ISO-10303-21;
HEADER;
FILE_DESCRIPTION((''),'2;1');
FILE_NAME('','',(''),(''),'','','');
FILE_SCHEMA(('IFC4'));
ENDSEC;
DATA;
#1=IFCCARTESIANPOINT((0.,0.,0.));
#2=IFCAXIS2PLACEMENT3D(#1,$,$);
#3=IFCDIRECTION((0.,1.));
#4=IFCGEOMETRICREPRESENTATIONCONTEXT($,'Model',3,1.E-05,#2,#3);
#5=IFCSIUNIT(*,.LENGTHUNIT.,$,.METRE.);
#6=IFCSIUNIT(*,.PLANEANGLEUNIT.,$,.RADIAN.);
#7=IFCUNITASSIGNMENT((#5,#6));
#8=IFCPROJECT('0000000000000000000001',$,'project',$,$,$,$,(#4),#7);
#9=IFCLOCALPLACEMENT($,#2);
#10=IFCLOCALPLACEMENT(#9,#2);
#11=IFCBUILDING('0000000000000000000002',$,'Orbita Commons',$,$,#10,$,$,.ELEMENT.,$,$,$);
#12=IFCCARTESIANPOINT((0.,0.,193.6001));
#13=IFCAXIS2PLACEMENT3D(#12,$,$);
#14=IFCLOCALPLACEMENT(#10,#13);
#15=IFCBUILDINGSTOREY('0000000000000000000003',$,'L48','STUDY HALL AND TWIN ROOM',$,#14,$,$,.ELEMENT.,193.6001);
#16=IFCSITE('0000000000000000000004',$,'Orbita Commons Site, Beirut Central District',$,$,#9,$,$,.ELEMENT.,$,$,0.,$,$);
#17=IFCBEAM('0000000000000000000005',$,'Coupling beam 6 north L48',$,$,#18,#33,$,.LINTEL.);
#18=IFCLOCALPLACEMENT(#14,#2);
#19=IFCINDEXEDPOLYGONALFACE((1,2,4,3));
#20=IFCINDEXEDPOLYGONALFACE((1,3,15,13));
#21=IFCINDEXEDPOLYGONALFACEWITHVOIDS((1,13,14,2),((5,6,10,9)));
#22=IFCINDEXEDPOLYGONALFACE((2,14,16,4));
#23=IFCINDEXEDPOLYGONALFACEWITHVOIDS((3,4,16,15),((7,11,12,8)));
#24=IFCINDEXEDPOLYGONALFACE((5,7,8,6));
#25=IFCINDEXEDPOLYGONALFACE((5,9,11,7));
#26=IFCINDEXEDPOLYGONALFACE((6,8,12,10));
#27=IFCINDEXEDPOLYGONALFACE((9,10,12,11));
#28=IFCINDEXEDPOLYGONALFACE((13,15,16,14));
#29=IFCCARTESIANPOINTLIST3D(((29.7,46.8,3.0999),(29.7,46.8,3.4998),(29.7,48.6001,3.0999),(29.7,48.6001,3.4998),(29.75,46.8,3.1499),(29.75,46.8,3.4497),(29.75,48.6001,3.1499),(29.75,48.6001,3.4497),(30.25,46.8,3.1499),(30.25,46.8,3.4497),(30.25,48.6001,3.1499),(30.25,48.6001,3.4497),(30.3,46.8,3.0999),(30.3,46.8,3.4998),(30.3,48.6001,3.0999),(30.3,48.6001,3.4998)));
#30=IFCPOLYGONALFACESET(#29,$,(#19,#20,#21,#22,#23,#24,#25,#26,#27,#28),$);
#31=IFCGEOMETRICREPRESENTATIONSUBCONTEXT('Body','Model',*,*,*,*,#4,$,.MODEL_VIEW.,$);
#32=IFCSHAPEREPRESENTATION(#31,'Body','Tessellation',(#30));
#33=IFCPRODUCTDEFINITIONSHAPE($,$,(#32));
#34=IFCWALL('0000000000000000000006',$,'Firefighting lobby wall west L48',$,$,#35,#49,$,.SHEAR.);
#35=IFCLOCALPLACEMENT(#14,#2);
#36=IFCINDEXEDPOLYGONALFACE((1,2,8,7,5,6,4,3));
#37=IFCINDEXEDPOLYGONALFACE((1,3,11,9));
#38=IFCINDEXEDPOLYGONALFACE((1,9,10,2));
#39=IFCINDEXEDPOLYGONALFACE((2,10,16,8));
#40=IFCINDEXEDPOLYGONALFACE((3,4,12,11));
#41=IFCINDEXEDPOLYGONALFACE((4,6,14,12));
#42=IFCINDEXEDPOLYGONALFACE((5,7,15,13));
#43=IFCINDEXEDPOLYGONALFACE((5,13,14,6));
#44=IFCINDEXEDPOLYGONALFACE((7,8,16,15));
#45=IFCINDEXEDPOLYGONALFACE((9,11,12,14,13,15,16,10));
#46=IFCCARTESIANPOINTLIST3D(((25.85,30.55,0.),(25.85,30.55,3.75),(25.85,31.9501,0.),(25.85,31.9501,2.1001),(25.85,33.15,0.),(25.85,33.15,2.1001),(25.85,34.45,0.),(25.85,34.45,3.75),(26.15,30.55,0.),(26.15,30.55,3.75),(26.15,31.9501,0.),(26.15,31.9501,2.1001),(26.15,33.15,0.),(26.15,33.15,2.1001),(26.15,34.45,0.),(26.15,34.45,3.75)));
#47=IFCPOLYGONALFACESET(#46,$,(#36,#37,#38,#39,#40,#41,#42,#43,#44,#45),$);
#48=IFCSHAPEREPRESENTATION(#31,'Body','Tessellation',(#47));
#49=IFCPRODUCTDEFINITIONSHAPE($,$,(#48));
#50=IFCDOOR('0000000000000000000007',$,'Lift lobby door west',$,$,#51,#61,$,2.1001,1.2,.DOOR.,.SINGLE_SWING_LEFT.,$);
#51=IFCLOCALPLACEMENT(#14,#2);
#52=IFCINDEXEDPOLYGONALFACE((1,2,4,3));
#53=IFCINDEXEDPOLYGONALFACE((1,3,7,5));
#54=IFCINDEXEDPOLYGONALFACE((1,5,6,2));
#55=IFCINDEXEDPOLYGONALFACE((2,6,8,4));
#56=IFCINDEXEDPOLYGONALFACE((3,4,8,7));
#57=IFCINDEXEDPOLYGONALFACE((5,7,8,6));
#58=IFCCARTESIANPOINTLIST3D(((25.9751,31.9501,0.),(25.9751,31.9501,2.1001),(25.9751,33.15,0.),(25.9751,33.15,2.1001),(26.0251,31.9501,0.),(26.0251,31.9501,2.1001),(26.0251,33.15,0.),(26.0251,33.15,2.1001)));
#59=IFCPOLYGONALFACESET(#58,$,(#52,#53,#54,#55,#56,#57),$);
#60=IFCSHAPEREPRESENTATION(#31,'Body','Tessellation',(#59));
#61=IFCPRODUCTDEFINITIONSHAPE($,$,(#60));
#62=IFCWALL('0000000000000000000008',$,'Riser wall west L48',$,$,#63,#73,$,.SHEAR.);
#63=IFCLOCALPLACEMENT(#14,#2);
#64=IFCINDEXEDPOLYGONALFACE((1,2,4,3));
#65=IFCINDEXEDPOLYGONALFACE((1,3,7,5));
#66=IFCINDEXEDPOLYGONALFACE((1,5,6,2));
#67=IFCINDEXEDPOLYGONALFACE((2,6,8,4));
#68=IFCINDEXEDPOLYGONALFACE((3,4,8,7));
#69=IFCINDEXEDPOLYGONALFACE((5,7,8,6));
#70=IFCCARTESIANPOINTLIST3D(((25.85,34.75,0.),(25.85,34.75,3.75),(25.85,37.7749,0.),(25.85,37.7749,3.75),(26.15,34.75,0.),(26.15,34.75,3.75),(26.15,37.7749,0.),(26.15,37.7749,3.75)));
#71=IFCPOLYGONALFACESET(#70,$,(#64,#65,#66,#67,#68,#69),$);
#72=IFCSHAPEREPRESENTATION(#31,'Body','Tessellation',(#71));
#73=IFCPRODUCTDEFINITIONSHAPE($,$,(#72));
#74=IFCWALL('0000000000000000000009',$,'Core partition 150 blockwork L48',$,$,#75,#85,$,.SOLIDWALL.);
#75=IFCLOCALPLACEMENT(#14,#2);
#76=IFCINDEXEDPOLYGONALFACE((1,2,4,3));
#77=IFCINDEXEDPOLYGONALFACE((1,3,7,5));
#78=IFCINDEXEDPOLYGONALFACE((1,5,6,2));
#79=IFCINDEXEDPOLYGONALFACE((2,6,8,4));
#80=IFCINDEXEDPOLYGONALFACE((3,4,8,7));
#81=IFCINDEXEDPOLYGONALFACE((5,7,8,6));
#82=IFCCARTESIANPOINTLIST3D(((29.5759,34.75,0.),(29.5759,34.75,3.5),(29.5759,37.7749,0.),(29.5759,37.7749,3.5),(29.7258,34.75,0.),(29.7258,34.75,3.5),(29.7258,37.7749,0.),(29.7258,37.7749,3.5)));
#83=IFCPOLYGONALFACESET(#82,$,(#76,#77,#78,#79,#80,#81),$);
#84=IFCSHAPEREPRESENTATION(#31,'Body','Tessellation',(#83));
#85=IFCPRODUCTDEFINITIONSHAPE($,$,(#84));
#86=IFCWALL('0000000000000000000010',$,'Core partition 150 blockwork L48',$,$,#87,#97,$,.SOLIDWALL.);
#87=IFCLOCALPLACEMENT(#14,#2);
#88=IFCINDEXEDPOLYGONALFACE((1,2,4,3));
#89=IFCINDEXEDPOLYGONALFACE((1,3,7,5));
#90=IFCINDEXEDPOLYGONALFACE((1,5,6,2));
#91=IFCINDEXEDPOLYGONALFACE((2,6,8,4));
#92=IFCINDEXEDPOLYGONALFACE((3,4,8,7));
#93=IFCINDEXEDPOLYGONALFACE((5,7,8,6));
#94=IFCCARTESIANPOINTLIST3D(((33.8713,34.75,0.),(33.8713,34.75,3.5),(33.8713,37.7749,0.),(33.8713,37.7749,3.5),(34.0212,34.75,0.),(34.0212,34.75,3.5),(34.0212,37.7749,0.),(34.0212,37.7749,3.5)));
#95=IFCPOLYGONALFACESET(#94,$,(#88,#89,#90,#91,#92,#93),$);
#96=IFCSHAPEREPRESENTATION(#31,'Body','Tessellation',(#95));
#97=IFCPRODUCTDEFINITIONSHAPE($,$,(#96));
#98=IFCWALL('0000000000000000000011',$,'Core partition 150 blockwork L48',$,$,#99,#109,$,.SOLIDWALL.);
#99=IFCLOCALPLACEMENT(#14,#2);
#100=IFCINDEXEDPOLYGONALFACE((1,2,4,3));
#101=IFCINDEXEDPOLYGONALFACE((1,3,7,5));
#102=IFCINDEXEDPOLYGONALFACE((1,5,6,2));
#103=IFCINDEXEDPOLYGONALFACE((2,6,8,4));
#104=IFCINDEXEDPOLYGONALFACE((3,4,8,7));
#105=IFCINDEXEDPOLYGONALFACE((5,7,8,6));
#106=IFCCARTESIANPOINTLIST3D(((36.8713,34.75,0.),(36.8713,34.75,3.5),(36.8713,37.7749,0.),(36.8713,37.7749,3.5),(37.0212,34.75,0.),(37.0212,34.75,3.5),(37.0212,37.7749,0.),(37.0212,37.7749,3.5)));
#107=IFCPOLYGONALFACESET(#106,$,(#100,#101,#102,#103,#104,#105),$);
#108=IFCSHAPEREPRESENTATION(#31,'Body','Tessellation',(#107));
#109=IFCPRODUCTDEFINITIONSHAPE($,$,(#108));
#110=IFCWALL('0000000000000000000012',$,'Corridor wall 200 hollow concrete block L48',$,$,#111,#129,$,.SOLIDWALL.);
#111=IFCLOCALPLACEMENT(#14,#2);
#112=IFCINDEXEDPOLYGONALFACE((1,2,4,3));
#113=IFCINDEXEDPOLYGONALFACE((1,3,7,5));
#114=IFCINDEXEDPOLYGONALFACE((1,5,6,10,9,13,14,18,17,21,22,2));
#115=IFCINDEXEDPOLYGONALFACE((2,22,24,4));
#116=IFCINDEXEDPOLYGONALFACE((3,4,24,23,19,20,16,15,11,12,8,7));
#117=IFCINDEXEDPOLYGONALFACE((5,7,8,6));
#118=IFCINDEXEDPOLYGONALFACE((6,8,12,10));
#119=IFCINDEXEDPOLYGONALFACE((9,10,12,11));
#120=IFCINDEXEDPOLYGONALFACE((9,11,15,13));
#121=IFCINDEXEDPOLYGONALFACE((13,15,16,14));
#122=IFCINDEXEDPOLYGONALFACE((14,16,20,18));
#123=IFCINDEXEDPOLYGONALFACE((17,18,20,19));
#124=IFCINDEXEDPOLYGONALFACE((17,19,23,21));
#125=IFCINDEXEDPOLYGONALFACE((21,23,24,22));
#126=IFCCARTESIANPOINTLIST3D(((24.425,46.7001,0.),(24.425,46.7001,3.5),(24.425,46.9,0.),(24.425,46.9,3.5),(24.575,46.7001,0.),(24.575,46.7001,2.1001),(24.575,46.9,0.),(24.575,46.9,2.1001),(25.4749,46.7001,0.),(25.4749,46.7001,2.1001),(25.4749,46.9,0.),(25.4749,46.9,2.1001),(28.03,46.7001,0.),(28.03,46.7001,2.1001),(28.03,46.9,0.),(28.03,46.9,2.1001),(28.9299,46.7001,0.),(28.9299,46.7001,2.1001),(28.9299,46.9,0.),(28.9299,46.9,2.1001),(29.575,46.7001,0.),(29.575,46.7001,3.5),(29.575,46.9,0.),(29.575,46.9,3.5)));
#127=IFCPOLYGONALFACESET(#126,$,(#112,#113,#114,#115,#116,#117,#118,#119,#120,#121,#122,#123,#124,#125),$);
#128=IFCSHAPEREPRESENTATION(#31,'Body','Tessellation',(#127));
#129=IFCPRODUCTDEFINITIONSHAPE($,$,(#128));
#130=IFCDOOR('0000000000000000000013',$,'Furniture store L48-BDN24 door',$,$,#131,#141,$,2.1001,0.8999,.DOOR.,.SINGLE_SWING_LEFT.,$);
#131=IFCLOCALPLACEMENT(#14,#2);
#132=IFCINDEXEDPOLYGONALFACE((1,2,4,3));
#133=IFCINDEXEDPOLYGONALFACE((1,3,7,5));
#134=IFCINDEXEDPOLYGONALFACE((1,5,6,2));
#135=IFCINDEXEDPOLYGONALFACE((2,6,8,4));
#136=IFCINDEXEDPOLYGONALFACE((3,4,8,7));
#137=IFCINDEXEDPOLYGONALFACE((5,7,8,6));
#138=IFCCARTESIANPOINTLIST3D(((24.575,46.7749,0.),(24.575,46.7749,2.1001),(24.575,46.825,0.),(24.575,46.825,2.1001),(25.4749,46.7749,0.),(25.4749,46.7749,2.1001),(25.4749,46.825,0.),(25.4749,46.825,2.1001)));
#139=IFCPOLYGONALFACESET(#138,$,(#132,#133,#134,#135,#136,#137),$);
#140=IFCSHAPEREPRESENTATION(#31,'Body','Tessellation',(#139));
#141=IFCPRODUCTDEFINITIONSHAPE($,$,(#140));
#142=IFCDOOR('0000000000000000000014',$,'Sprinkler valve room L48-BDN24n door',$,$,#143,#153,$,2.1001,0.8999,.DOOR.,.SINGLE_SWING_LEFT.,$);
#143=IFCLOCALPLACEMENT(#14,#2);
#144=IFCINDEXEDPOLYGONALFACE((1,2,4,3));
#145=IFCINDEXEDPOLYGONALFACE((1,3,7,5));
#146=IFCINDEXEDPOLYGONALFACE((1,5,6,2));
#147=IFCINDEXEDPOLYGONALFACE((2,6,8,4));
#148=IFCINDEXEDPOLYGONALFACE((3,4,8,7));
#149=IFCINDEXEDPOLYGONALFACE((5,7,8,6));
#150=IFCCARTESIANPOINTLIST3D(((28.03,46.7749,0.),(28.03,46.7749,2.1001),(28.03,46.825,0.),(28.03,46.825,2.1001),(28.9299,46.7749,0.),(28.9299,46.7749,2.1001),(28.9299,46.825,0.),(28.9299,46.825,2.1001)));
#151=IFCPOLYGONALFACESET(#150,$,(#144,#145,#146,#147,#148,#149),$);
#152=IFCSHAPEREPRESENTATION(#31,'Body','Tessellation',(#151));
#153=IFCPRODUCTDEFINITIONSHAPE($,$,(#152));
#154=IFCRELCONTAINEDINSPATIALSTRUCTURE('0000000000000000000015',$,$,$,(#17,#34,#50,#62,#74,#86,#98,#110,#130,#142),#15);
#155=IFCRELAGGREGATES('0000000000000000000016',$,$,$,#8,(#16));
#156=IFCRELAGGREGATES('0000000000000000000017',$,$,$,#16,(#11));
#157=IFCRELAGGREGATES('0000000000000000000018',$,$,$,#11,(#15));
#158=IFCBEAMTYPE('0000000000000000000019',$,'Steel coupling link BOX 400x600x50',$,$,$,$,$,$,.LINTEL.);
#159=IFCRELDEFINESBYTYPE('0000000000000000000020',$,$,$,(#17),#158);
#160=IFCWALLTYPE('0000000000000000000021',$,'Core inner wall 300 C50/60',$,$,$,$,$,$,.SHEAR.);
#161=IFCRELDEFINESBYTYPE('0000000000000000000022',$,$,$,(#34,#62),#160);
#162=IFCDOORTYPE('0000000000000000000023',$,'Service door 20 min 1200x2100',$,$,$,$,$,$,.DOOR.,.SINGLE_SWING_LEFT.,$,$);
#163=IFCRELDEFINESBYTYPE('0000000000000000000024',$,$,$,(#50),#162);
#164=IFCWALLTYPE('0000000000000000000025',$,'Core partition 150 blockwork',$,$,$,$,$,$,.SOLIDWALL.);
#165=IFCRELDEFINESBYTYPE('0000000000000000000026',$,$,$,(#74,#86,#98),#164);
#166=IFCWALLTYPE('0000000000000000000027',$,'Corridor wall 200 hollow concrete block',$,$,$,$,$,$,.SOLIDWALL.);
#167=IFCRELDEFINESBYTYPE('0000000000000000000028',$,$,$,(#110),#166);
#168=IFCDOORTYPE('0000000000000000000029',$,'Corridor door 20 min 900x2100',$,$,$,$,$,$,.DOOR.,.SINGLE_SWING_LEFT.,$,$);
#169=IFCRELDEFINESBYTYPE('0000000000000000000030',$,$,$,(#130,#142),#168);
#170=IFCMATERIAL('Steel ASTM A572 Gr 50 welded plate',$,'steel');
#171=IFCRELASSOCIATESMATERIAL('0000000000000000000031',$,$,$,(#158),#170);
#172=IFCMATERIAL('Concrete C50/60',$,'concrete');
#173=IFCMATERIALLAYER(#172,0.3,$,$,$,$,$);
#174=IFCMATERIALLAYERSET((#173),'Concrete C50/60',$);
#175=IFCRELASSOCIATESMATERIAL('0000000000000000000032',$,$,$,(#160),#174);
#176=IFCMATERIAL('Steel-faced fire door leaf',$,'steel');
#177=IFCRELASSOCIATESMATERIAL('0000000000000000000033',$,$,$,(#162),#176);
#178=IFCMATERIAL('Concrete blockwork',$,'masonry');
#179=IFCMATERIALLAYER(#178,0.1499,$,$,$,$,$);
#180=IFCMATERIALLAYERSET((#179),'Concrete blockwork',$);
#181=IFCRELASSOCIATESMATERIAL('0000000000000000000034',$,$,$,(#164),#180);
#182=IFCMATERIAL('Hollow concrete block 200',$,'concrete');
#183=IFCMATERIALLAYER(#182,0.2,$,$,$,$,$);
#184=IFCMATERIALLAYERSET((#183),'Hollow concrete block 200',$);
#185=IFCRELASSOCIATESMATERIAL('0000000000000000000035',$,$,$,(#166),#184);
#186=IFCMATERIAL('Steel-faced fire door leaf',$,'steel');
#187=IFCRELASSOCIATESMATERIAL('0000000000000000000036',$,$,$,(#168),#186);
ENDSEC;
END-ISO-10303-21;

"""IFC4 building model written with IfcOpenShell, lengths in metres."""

from ifc_helpers import new_model, si_unit, direction, frame, frame_2d, origin, origin_2d, place, context, subcontext, project, spatial, rectangle, hollow_rectangle, extrude, material, layer, layer_set, material_profile, profile_set, type_object, element, fill, save


model = new_model("IFC4")

# Units and contexts
model_context = context("Model", 3, precision=1e-05, world=origin(), true_north=direction((0.0, 1.0)))
body_context = subcontext(model_context, "Body", "Model", "MODEL_VIEW")
ifc_project = project(units=[si_unit("LENGTHUNIT", "METRE"), si_unit("PLANEANGLEUNIT", "RADIAN")], contexts=[model_context])

# Site, building, storey
site_placement = place(None, origin())
site = spatial("IfcSite", under=ifc_project, at=site_placement, Name="Orbita Commons Site, Beirut Central District", CompositionType="ELEMENT", RefElevation=0.0)
building_placement = place(site_placement, origin())
building = spatial("IfcBuilding", under=site, at=building_placement, Name="Orbita Commons", CompositionType="ELEMENT")
storey_placement = place(building_placement, frame((0.0, 0.0, 193.6001)))
storey = spatial("IfcBuildingStorey", under=building, at=storey_placement, Name="L48", Description="STUDY HALL AND TWIN ROOM", CompositionType="ELEMENT", Elevation=193.6001)

# Beam
ifc_material_1 = material(Name="Steel ASTM A572 Gr 50 welded plate", Category="steel")
ifc_material_profile = material_profile(ifc_material_1, hollow_rectangle(XDim=0.6001, YDim=0.3999, WallThickness=0.05, at=origin_2d()), Name="BOX 400x600x50")
ifc_profile_set = profile_set([ifc_material_profile], Name="Steel ASTM A572 Gr 50 welded plate")
beam_type = type_object("IfcBeamType", Name="Steel coupling link BOX 400x600x50", PredefinedType="LINTEL", material=ifc_profile_set)
beam_placement = place(storey_placement, frame((30.0, 46.8, 3.2998), z_axis=(0.0, 1.0, 0.0), x_axis=(-1.0, 0.0, 0.0)))
element("IfcBeam", 1, at=beam_placement, inside=storey, type_object=beam_type, Name="Coupling beam 6 north L48", PredefinedType="LINTEL", context=body_context, shape_type="SweptSolid", body=[
    extrude(hollow_rectangle(XDim=0.6001, YDim=0.3999, WallThickness=0.05, at=origin_2d()), origin(), (0.0, 0.0, 1.0), 1.8),
])

# Wall, opening, door
ifc_material_2 = material(Name="Concrete C50/60", Category="concrete")
ifc_layer_1 = layer(ifc_material_2, 0.3)
ifc_layer_set_1 = layer_set([ifc_layer_1], Name="Concrete C50/60")
wall_type_1 = type_object("IfcWallType", Name="Core inner wall 300 C50/60", PredefinedType="SHEAR", material=ifc_layer_set_1)
wall_1_placement = place(storey_placement, frame((26.0, 30.55, 0.0), z_axis=(0.0, 0.0, 1.0), x_axis=(0.0, 1.0, 0.0)))
wall_1 = element("IfcWall", 2, at=wall_1_placement, inside=storey, type_object=wall_type_1, Name="Firefighting lobby wall west L48", PredefinedType="SHEAR", context=body_context, shape_type="SweptSolid", body=[
    extrude(rectangle(XDim=3.8999, YDim=0.3, at=frame_2d((1.95, 0.0))), origin(), (0.0, 0.0, 1.0), 3.75),
])
opening_1_placement = place(wall_1_placement, frame((1.3999, 0.0, 0.0)))
opening_1 = element("IfcOpeningElement", 3, at=opening_1_placement, cuts=wall_1, PredefinedType="OPENING", context=body_context, shape_type="SweptSolid", body=[
    extrude(rectangle(XDim=1.2, YDim=2.1001, at=frame_2d((0.6001, 1.05))), frame((0.0, 0.1599, 0.0), z_axis=(0.0, -1.0, 0.0), x_axis=(1.0, 0.0, 0.0)), (0.0, 0.0, 1.0), 0.3201),
])
ifc_material_3 = material(Name="Steel-faced fire door leaf", Category="steel")
door_type_1 = type_object("IfcDoorType", Name="Service door 20 min 1200x2100", OperationType="SINGLE_SWING_LEFT", PredefinedType="DOOR", material=ifc_material_3)
door_1_placement = place(opening_1_placement, origin())
door_1 = element("IfcDoor", 4, at=door_1_placement, inside=storey, type_object=door_type_1, Name="Lift lobby door west", OperationType="SINGLE_SWING_LEFT", OverallHeight=2.1001, OverallWidth=1.2, PredefinedType="DOOR", context=body_context, shape_type="SweptSolid", body=[
    extrude(rectangle(XDim=1.2, YDim=2.1001, at=frame_2d((0.6001, 1.05))), frame((0.0, 0.0249, 0.0), z_axis=(0.0, -1.0, 0.0), x_axis=(1.0, 0.0, 0.0)), (0.0, 0.0, 1.0), 0.05),
])
fill(opening_1, door_1)

# Walls
wall_2_placement = place(storey_placement, frame((26.0, 34.75, 0.0), z_axis=(0.0, 0.0, 1.0), x_axis=(0.0, 1.0, 0.0)))
element("IfcWall", 5, at=wall_2_placement, inside=storey, type_object=wall_type_1, Name="Riser wall west L48", PredefinedType="SHEAR", context=body_context, shape_type="SweptSolid", body=[
    extrude(rectangle(XDim=3.0249, YDim=0.3, at=frame_2d((1.5125, 0.0))), origin(), (0.0, 0.0, 1.0), 3.75),
])
ifc_material_4 = material(Name="Concrete blockwork", Category="masonry")
ifc_layer_2 = layer(ifc_material_4, 0.1499)
ifc_layer_set_2 = layer_set([ifc_layer_2], Name="Concrete blockwork")
wall_type_2 = type_object("IfcWallType", Name="Core partition 150 blockwork", PredefinedType="SOLIDWALL", material=ifc_layer_set_2)
for number, where, z_axis, x_axis, name in (
    (6, (29.6509, 34.75, 0.0), (0.0, 0.0, 1.0), (0.0, 1.0, 0.0), "Core partition 150 blockwork L48"),
    (7, (33.9463, 34.75, 0.0), (0.0, 0.0, 1.0), (0.0, 1.0, 0.0), "Core partition 150 blockwork L48"),
    (8, (36.9463, 34.75, 0.0), (0.0, 0.0, 1.0), (0.0, 1.0, 0.0), "Core partition 150 blockwork L48"),
):
    element("IfcWall", number, at=place(storey_placement, frame(where, z_axis=z_axis, x_axis=x_axis)), inside=storey, type_object=wall_type_2, Name=name, PredefinedType="SOLIDWALL", context=body_context, shape_type="SweptSolid", body=[
        extrude(rectangle(XDim=3.0249, YDim=0.1499, at=frame_2d((1.5125, 0.0))), origin(), (0.0, 0.0, 1.0), 3.5),
    ])

# Wall, openings, doors
ifc_material_5 = material(Name="Hollow concrete block 200", Category="concrete")
ifc_layer_3 = layer(ifc_material_5, 0.2)
ifc_layer_set_3 = layer_set([ifc_layer_3], Name="Hollow concrete block 200")
wall_type_3 = type_object("IfcWallType", Name="Corridor wall 200 hollow concrete block", PredefinedType="SOLIDWALL", material=ifc_layer_set_3)
wall_3_placement = place(storey_placement, frame((24.425, 46.8, 0.0), z_axis=(0.0, 0.0, 1.0), x_axis=(1.0, 0.0, 0.0)))
wall_3 = element("IfcWall", 9, at=wall_3_placement, inside=storey, type_object=wall_type_3, Name="Corridor wall 200 hollow concrete block L48", PredefinedType="SOLIDWALL", context=body_context, shape_type="SweptSolid", body=[
    extrude(rectangle(XDim=5.1499, YDim=0.2, at=frame_2d((2.575, 0.0))), origin(), (0.0, 0.0, 1.0), 3.5),
])
opening_2_placement = place(wall_3_placement, frame((0.1499, 0.0, 0.0)))
opening_2 = element("IfcOpeningElement", 10, at=opening_2_placement, cuts=wall_3, PredefinedType="OPENING", context=body_context, shape_type="SweptSolid", body=[
    extrude(rectangle(XDim=0.8999, YDim=2.1001, at=frame_2d((0.45, 1.05))), frame((0.0, 0.1099, 0.0), z_axis=(0.0, -1.0, 0.0), x_axis=(1.0, 0.0, 0.0)), (0.0, 0.0, 1.0), 0.22),
])
opening_3_placement = place(wall_3_placement, frame((3.605, 0.0, 0.0)))
opening_3 = element("IfcOpeningElement", 11, at=opening_3_placement, cuts=wall_3, PredefinedType="OPENING", context=body_context, shape_type="SweptSolid", body=[
    extrude(rectangle(XDim=0.8999, YDim=2.1001, at=frame_2d((0.45, 1.05))), frame((0.0, 0.1099, 0.0), z_axis=(0.0, -1.0, 0.0), x_axis=(1.0, 0.0, 0.0)), (0.0, 0.0, 1.0), 0.22),
])
ifc_material_6 = material(Name="Steel-faced fire door leaf", Category="steel")
door_type_2 = type_object("IfcDoorType", Name="Corridor door 20 min 900x2100", OperationType="SINGLE_SWING_LEFT", PredefinedType="DOOR", material=ifc_material_6)
door_2_placement = place(opening_2_placement, origin())
door_2 = element("IfcDoor", 12, at=door_2_placement, inside=storey, type_object=door_type_2, Name="Furniture store L48-BDN24 door", OperationType="SINGLE_SWING_LEFT", OverallHeight=2.1001, OverallWidth=0.8999, PredefinedType="DOOR", context=body_context, shape_type="SweptSolid", body=[
    extrude(rectangle(XDim=0.8999, YDim=2.1001, at=frame_2d((0.45, 1.05))), frame((0.0, 0.0249, 0.0), z_axis=(0.0, -1.0, 0.0), x_axis=(1.0, 0.0, 0.0)), (0.0, 0.0, 1.0), 0.05),
])
fill(opening_2, door_2)
door_3_placement = place(opening_3_placement, origin())
door_3 = element("IfcDoor", 13, at=door_3_placement, inside=storey, type_object=door_type_2, Name="Sprinkler valve room L48-BDN24n door", OperationType="SINGLE_SWING_LEFT", OverallHeight=2.1001, OverallWidth=0.8999, PredefinedType="DOOR", context=body_context, shape_type="SweptSolid", body=[
    extrude(rectangle(XDim=0.8999, YDim=2.1001, at=frame_2d((0.45, 1.05))), frame((0.0, 0.0249, 0.0), z_axis=(0.0, -1.0, 0.0), x_axis=(1.0, 0.0, 0.0)), (0.0, 0.0, 1.0), 0.05),
])
fill(opening_3, door_3)

save(model, "model.ifc")
